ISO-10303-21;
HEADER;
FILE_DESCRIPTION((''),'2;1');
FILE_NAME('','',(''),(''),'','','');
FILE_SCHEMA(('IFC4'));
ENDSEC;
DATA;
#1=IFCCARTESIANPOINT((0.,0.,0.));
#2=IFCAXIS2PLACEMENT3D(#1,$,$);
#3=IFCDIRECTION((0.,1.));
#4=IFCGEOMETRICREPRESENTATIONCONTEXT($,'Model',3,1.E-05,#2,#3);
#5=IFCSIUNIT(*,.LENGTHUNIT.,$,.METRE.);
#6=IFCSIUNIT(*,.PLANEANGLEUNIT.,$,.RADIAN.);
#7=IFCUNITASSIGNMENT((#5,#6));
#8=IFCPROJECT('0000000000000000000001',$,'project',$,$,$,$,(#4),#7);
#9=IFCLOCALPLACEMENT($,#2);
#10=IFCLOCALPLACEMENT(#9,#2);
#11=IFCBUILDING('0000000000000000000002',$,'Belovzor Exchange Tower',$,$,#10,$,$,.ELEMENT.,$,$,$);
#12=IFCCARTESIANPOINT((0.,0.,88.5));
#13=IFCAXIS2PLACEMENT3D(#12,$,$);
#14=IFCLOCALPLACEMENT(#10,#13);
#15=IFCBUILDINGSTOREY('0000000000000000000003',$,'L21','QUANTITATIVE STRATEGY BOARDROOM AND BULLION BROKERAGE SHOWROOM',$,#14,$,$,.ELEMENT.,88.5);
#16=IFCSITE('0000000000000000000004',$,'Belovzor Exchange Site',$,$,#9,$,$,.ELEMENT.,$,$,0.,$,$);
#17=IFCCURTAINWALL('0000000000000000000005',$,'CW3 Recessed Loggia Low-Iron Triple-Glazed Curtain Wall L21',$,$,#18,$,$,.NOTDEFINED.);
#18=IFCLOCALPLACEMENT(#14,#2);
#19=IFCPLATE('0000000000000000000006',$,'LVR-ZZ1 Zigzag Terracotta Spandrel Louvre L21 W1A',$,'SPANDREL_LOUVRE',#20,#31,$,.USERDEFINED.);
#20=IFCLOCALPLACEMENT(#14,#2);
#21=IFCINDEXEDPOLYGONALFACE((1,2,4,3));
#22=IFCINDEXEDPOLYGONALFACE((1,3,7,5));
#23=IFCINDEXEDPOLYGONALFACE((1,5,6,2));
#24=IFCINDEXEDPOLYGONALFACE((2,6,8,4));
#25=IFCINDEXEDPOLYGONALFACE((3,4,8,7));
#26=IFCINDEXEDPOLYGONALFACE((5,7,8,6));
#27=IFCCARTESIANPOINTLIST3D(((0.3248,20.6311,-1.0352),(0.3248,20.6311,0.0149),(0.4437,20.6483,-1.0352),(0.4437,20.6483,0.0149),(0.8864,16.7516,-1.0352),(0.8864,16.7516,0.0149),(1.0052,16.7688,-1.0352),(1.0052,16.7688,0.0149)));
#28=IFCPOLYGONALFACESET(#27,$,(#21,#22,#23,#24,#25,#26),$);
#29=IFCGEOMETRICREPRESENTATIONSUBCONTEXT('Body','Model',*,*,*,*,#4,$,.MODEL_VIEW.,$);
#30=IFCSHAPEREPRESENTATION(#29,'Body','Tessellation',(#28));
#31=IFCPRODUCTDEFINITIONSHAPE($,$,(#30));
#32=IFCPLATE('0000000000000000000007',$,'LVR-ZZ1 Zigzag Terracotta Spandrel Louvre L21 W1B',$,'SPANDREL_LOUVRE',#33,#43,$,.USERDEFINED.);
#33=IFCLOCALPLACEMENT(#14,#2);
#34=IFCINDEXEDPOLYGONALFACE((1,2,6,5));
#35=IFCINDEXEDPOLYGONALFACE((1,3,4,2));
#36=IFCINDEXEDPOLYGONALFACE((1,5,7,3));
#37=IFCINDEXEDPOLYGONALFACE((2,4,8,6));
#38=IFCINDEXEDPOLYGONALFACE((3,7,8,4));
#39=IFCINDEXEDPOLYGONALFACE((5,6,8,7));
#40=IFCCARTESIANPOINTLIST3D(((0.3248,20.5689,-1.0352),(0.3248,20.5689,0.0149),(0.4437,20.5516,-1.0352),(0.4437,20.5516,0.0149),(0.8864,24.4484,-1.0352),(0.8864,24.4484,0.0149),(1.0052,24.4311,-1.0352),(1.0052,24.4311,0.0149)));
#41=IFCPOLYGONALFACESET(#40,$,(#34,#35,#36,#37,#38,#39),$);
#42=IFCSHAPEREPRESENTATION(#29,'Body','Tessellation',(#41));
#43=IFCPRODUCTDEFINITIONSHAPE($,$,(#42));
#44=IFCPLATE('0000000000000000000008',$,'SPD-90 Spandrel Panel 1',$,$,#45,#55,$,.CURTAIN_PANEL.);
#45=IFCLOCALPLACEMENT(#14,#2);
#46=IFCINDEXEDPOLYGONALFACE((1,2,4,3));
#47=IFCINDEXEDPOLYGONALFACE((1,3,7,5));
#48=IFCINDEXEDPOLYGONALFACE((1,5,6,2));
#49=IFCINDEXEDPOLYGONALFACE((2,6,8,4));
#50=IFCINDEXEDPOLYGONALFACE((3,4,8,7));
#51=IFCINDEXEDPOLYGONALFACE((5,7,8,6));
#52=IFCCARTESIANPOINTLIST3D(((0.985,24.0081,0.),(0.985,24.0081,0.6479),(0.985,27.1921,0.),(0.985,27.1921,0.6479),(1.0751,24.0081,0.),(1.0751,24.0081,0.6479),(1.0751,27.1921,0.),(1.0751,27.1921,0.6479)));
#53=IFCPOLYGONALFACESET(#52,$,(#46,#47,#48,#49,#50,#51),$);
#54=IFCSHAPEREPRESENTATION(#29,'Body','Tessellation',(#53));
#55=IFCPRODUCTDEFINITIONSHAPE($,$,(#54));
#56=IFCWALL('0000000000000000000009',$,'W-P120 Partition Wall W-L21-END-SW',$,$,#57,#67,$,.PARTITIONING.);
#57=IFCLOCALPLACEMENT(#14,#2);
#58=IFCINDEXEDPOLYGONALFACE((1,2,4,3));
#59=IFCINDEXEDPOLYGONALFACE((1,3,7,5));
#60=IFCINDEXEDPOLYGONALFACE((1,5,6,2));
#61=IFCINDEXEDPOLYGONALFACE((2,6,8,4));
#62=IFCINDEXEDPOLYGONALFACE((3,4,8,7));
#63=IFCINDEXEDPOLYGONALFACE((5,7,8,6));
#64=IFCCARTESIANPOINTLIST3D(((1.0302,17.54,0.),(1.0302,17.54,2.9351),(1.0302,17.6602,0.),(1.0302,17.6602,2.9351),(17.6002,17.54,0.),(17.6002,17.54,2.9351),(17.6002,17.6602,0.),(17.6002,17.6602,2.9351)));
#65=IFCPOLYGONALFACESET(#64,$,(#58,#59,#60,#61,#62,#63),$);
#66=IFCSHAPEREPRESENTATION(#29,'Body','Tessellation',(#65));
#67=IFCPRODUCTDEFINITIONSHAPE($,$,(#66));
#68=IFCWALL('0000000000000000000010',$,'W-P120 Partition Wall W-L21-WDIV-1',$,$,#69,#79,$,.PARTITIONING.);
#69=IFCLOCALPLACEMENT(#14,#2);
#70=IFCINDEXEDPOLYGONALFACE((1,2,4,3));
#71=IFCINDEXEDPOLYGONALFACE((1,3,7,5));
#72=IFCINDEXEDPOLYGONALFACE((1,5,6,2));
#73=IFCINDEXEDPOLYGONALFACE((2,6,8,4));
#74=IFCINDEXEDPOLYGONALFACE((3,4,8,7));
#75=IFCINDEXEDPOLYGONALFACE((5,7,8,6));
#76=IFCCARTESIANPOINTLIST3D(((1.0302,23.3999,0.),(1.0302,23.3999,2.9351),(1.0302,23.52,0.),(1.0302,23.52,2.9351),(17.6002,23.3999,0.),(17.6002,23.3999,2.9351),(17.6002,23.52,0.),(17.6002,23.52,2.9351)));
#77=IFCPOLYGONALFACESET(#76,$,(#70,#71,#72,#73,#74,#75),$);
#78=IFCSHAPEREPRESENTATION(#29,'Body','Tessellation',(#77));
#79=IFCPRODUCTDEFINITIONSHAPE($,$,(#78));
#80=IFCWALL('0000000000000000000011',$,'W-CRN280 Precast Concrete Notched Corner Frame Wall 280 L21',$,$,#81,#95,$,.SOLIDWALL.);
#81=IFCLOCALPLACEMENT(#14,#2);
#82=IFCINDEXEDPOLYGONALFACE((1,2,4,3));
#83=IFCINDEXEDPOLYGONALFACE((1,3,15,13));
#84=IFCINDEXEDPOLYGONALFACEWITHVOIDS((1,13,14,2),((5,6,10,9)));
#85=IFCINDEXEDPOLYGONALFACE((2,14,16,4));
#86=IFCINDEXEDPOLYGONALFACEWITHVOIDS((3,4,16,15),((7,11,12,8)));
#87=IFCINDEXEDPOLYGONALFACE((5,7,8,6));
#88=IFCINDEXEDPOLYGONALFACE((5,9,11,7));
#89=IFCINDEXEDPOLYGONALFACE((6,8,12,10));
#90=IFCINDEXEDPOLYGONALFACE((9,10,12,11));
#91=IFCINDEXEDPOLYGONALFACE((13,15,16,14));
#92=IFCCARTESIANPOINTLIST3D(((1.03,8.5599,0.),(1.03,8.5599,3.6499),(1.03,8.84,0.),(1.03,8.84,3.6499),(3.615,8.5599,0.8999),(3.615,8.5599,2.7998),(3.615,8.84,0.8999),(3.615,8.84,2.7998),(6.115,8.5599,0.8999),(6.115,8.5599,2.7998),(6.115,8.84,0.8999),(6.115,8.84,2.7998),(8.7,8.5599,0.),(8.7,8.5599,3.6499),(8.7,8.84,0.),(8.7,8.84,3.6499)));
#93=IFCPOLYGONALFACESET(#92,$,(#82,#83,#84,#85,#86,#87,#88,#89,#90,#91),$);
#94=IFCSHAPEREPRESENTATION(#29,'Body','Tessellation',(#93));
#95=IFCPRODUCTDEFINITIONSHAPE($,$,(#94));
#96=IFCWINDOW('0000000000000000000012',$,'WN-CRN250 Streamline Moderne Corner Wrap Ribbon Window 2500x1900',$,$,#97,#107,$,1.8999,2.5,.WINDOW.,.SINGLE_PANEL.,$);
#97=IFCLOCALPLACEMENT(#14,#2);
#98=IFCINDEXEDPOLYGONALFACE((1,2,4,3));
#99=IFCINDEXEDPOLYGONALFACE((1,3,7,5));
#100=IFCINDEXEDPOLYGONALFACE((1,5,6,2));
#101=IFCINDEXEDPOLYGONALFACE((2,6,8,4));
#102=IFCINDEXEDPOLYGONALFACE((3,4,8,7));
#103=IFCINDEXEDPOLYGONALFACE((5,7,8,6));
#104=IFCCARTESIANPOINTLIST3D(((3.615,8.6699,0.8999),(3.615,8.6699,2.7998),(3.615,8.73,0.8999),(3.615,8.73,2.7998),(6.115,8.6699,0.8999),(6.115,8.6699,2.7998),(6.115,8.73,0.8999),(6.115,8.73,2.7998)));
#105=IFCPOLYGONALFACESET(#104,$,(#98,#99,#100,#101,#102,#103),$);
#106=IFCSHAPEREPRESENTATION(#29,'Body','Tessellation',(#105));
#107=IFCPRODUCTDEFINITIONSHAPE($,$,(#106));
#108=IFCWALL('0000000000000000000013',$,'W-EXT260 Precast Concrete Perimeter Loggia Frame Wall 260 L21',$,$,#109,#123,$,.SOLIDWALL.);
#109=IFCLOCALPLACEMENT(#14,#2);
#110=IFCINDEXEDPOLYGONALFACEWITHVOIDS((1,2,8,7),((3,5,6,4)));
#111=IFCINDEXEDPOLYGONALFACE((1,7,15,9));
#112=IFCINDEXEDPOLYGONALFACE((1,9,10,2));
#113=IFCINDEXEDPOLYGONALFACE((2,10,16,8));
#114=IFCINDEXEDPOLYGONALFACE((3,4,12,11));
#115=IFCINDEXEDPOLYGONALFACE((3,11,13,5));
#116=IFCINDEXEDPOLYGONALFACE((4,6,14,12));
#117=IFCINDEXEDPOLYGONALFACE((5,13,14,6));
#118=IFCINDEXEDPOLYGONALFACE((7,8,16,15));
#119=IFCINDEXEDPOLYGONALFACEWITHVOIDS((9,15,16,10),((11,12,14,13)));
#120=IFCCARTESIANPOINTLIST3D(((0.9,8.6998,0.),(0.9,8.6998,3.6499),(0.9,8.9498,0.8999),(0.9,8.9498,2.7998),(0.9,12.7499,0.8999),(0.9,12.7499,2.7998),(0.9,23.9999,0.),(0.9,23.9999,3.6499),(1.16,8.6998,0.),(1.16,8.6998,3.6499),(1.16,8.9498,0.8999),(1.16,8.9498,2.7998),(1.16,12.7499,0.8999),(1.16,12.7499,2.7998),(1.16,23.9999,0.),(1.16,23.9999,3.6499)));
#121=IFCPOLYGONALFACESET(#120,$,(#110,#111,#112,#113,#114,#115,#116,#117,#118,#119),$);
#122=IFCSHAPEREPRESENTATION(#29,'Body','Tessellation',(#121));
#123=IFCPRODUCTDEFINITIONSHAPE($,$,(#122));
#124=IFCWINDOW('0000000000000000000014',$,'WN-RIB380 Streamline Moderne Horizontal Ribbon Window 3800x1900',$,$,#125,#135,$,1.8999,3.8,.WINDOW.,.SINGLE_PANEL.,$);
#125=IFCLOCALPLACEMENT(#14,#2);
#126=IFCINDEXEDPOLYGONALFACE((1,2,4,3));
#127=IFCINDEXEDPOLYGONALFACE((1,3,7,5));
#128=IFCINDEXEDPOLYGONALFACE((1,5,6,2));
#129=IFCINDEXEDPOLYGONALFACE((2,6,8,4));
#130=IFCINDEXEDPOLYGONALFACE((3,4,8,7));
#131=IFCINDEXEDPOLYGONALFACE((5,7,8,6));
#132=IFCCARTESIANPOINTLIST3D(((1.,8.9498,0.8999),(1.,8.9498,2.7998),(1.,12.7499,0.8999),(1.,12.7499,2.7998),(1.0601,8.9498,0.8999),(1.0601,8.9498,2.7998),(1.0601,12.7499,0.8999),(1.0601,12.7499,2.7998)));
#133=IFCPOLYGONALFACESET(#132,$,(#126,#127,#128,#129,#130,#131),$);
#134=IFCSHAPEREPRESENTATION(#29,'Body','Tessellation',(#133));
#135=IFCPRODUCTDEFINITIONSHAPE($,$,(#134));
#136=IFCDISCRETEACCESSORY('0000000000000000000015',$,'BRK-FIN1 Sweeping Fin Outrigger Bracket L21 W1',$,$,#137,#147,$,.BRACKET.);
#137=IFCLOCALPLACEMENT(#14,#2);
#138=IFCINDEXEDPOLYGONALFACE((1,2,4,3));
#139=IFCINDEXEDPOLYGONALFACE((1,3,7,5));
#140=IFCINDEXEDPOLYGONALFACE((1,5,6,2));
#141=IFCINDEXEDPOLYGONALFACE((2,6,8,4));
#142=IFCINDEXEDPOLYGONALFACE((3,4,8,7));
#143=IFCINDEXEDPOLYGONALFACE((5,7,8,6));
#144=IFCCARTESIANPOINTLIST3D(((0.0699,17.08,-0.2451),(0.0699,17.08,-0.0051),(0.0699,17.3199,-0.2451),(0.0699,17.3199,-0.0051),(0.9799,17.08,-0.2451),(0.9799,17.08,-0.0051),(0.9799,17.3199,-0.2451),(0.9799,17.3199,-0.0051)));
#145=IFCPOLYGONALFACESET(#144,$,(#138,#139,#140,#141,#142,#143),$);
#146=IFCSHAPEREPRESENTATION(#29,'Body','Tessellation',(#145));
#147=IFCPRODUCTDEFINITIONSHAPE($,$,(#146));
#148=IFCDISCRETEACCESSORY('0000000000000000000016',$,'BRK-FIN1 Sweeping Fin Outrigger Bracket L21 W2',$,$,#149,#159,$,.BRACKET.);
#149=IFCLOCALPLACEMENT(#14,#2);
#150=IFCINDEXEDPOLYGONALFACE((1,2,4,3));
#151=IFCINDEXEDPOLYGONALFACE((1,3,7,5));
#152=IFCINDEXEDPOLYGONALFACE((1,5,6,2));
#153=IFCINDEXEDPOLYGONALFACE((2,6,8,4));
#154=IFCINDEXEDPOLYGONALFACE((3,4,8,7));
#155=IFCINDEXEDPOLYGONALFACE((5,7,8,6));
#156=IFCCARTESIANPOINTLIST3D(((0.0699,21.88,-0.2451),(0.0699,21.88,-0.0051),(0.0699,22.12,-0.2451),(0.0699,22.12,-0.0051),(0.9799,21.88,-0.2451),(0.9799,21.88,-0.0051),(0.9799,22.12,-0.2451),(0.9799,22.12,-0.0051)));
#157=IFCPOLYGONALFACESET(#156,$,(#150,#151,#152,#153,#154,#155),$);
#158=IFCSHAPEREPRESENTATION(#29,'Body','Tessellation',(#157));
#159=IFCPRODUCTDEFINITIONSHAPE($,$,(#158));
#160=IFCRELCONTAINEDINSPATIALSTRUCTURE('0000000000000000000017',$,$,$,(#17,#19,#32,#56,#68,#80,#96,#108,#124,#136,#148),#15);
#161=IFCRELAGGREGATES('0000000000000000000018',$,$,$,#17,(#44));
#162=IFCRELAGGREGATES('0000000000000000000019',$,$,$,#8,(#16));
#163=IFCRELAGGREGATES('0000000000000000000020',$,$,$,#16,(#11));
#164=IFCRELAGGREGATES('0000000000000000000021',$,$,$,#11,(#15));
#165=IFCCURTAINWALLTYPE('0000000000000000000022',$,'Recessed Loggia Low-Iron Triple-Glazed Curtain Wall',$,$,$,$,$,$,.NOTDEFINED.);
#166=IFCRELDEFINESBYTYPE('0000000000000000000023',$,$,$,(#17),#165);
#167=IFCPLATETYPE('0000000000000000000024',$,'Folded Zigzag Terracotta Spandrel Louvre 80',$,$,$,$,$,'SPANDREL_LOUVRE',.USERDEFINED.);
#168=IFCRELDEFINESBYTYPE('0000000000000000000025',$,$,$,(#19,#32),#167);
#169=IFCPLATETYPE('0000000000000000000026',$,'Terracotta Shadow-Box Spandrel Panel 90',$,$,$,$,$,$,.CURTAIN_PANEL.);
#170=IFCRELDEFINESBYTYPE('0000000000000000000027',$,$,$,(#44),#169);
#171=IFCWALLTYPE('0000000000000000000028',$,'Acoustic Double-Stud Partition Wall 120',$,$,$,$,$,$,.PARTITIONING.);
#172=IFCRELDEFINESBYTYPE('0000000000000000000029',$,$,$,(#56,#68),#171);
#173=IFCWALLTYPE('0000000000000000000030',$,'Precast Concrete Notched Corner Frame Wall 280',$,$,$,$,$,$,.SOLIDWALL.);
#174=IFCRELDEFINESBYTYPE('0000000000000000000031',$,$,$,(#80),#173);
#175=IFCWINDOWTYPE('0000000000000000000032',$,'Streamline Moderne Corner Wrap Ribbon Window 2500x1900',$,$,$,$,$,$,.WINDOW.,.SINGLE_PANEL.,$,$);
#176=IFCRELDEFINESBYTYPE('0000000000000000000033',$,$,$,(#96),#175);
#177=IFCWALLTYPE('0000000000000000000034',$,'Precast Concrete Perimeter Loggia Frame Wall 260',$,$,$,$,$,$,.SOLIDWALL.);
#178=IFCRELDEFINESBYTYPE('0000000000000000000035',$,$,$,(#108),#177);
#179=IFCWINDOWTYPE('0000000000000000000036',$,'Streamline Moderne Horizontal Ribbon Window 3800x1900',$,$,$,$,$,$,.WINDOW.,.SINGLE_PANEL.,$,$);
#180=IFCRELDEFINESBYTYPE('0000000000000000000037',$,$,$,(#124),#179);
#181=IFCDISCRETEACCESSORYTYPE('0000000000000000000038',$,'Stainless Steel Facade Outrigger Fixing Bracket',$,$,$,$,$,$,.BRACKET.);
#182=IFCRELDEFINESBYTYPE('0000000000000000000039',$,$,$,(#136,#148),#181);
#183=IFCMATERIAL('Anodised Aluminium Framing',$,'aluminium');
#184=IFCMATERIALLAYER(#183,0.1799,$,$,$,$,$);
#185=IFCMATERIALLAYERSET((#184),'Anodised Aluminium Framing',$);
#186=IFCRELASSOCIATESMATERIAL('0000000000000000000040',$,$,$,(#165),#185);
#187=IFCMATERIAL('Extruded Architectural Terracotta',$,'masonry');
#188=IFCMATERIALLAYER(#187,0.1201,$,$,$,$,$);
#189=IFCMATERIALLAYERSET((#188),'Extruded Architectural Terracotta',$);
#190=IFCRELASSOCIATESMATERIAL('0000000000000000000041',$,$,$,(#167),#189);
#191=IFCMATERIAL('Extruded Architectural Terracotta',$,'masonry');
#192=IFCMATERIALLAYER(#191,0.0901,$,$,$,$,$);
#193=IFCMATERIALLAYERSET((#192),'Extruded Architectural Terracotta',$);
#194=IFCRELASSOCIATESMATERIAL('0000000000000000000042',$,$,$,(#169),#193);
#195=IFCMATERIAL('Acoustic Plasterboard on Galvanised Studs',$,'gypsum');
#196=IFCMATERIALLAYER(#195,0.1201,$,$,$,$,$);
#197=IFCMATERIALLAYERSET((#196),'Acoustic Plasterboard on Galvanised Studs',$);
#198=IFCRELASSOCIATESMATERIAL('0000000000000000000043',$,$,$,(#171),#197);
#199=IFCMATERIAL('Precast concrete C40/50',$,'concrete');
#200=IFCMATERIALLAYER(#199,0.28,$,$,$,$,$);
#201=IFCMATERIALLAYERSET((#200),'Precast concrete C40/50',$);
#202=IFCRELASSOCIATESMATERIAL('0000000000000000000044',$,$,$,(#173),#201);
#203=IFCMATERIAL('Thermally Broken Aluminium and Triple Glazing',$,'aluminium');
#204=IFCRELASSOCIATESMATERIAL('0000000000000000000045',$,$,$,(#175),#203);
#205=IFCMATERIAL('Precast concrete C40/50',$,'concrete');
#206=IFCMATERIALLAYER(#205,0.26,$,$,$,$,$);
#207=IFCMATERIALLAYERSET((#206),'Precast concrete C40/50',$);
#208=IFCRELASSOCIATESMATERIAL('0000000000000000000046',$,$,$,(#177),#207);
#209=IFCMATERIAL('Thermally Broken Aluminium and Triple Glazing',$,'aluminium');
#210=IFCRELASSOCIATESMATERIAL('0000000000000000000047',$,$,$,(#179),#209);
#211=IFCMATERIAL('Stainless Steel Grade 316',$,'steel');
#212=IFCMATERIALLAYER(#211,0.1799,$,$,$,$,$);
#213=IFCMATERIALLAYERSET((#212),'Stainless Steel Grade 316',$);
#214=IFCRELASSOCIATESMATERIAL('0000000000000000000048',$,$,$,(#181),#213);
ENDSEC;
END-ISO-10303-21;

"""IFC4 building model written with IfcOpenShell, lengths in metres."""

from ifc_helpers import new_model, si_unit, direction, frame, frame_2d, origin, origin_2d, place, context, subcontext, project, spatial, rectangle, extrude, material, layer, layer_set, type_object, element, fill, aggregate, save


model = new_model("IFC4")

# Units and contexts
model_context = context("Model", 3, precision=1e-05, world=origin(), true_north=direction((0.0, 1.0)))
body_context = subcontext(model_context, "Body", "Model", "MODEL_VIEW")
ifc_project = project(units=[si_unit("LENGTHUNIT", "METRE"), si_unit("PLANEANGLEUNIT", "RADIAN")], contexts=[model_context])

# Site, building, storey
site_placement = place(None, origin())
site = spatial("IfcSite", under=ifc_project, at=site_placement, Name="Belovzor Exchange Site", CompositionType="ELEMENT", RefElevation=0.0)
building_placement = place(site_placement, origin())
building = spatial("IfcBuilding", under=site, at=building_placement, Name="Belovzor Exchange Tower", CompositionType="ELEMENT")
storey_placement = place(building_placement, frame((0.0, 0.0, 88.5)))
storey = spatial("IfcBuildingStorey", under=building, at=storey_placement, Name="L21", Description="QUANTITATIVE STRATEGY BOARDROOM AND BULLION BROKERAGE SHOWROOM", CompositionType="ELEMENT", Elevation=88.5)

# Curtain wall
ifc_material_1 = material(Name="Anodised Aluminium Framing", Category="aluminium")
ifc_layer_1 = layer(ifc_material_1, 0.1799)
ifc_layer_set_1 = layer_set([ifc_layer_1], Name="Anodised Aluminium Framing")
curtain_wall_type = type_object("IfcCurtainWallType", Name="Recessed Loggia Low-Iron Triple-Glazed Curtain Wall", PredefinedType="NOTDEFINED", material=ifc_layer_set_1)
curtain_wall_placement = place(storey_placement, origin())
curtain_wall = element("IfcCurtainWall", 1, at=curtain_wall_placement, inside=storey, type_object=curtain_wall_type, Name="CW3 Recessed Loggia Low-Iron Triple-Glazed Curtain Wall L21", PredefinedType="NOTDEFINED")

# Plates
ifc_material_2 = material(Name="Extruded Architectural Terracotta", Category="masonry")
ifc_layer_2 = layer(ifc_material_2, 0.1201)
ifc_layer_set_2 = layer_set([ifc_layer_2], Name="Extruded Architectural Terracotta")
plate_type_1 = type_object("IfcPlateType", Name="Folded Zigzag Terracotta Spandrel Louvre 80", ElementType="SPANDREL_LOUVRE", PredefinedType="USERDEFINED", material=ifc_layer_set_2)
for number, where, z_axis, x_axis, name in (
    (2, (0.665, 18.7, -1.0352), (0.0, 0.0, 1.0), (-0.143251, 0.989686, 0.0), "LVR-ZZ1 Zigzag Terracotta Spandrel Louvre L21 W1A"),
    (3, (0.665, 22.5, -1.0352), (0.0, 0.0, 1.0), (0.143251, 0.989686, 0.0), "LVR-ZZ1 Zigzag Terracotta Spandrel Louvre L21 W1B"),
):
    element("IfcPlate", number, at=place(storey_placement, frame(where, z_axis=z_axis, x_axis=x_axis)), inside=storey, type_object=plate_type_1, Name=name, ObjectType="SPANDREL_LOUVRE", PredefinedType="USERDEFINED", context=body_context, shape_type="SweptSolid", body=[
        extrude(rectangle(XDim=3.9199, YDim=0.1201, at=origin_2d()), origin(), (0.0, 0.0, 1.0), 1.05),
    ])

# Plate
ifc_material_3 = material(Name="Extruded Architectural Terracotta", Category="masonry")
ifc_layer_3 = layer(ifc_material_3, 0.0901)
ifc_layer_set_3 = layer_set([ifc_layer_3], Name="Extruded Architectural Terracotta")
plate_type_2 = type_object("IfcPlateType", Name="Terracotta Shadow-Box Spandrel Panel 90", PredefinedType="CURTAIN_PANEL", material=ifc_layer_set_3)
plate_placement = place(storey_placement, frame((1.03, 25.6001, 0.0), z_axis=(0.0, 0.0, 1.0), x_axis=(0.0, 1.0, 0.0)))
plate = element("IfcPlate", 4, at=plate_placement, type_object=plate_type_2, Name="SPD-90 Spandrel Panel 1", PredefinedType="CURTAIN_PANEL", context=body_context, shape_type="SweptSolid", body=[
    extrude(rectangle(XDim=3.1841, YDim=0.0901, at=origin_2d()), origin(), (0.0, 0.0, 1.0), 0.6479),
])
aggregate(curtain_wall, [plate])

# Walls
ifc_material_4 = material(Name="Acoustic Plasterboard on Galvanised Studs", Category="gypsum")
ifc_layer_4 = layer(ifc_material_4, 0.1201)
ifc_layer_set_4 = layer_set([ifc_layer_4], Name="Acoustic Plasterboard on Galvanised Studs")
wall_type_1 = type_object("IfcWallType", Name="Acoustic Double-Stud Partition Wall 120", PredefinedType="PARTITIONING", material=ifc_layer_set_4)
for number, where, z_axis, x_axis, name in (
    (5, (1.03, 17.6001, 0.0), (0.0, 0.0, 1.0), (1.0, 0.0, 0.0), "W-P120 Partition Wall W-L21-END-SW"),
    (6, (1.03, 23.46, 0.0), (0.0, 0.0, 1.0), (1.0, 0.0, 0.0), "W-P120 Partition Wall W-L21-WDIV-1"),
):
    element("IfcWall", number, at=place(storey_placement, frame(where, z_axis=z_axis, x_axis=x_axis)), inside=storey, type_object=wall_type_1, Name=name, PredefinedType="PARTITIONING", context=body_context, shape_type="SweptSolid", body=[
        extrude(rectangle(XDim=16.5701, YDim=0.1201, at=frame_2d((8.2852, 0.0))), origin(), (0.0, 0.0, 1.0), 2.9351),
    ])

# Walls, openings, windows
ifc_material_5 = material(Name="Precast concrete C40/50", Category="concrete")
ifc_layer_5 = layer(ifc_material_5, 0.28)
ifc_layer_set_5 = layer_set([ifc_layer_5], Name="Precast concrete C40/50")
wall_type_2 = type_object("IfcWallType", Name="Precast Concrete Notched Corner Frame Wall 280", PredefinedType="SOLIDWALL", material=ifc_layer_set_5)
wall_1_placement = place(storey_placement, frame((8.7, 8.7, 0.0), z_axis=(0.0, 0.0, 1.0), x_axis=(-1.0, 0.0, 0.0)))
wall_1 = element("IfcWall", 7, at=wall_1_placement, inside=storey, type_object=wall_type_2, Name="W-CRN280 Precast Concrete Notched Corner Frame Wall 280 L21", PredefinedType="SOLIDWALL", context=body_context, shape_type="SweptSolid", body=[
    extrude(rectangle(XDim=7.6699, YDim=0.28, at=frame_2d((3.835, 0.0))), origin(), (0.0, 0.0, 1.0), 3.6499),
])
opening_1_placement = place(wall_1_placement, frame((2.585, 0.0, 0.8999)))
opening_1 = element("IfcOpeningElement", 8, at=opening_1_placement, cuts=wall_1, PredefinedType="OPENING", context=body_context, shape_type="SweptSolid", body=[
    extrude(rectangle(XDim=2.5, YDim=1.8999, at=frame_2d((1.25, 0.95))), frame((0.0, 0.1499, 0.0), z_axis=(0.0, -1.0, 0.0), x_axis=(1.0, 0.0, 0.0)), (0.0, 0.0, 1.0), 0.3),
])
ifc_material_6 = material(Name="Thermally Broken Aluminium and Triple Glazing", Category="aluminium")
window_type_1 = type_object("IfcWindowType", Name="Streamline Moderne Corner Wrap Ribbon Window 2500x1900", PartitioningType="SINGLE_PANEL", PredefinedType="WINDOW", material=ifc_material_6)
window_1_placement = place(opening_1_placement, origin())
window_1 = element("IfcWindow", 9, at=window_1_placement, inside=storey, type_object=window_type_1, Name="WN-CRN250 Streamline Moderne Corner Wrap Ribbon Window 2500x1900", OverallHeight=1.8999, OverallWidth=2.5, PartitioningType="SINGLE_PANEL", PredefinedType="WINDOW", context=body_context, shape_type="SweptSolid", body=[
    extrude(rectangle(XDim=2.5, YDim=1.8999, at=frame_2d((1.25, 0.95))), frame((0.0, 0.03, 0.0), z_axis=(0.0, -1.0, 0.0), x_axis=(1.0, 0.0, 0.0)), (0.0, 0.0, 1.0), 0.0601),
])
fill(opening_1, window_1)
ifc_material_7 = material(Name="Precast concrete C40/50", Category="concrete")
ifc_layer_6 = layer(ifc_material_7, 0.26)
ifc_layer_set_6 = layer_set([ifc_layer_6], Name="Precast concrete C40/50")
wall_type_3 = type_object("IfcWallType", Name="Precast Concrete Perimeter Loggia Frame Wall 260", PredefinedType="SOLIDWALL", material=ifc_layer_set_6)
wall_2_placement = place(storey_placement, frame((1.03, 8.7, 0.0), z_axis=(0.0, 0.0, 1.0), x_axis=(0.0, 1.0, 0.0)))
wall_2 = element("IfcWall", 10, at=wall_2_placement, inside=storey, type_object=wall_type_3, Name="W-EXT260 Precast Concrete Perimeter Loggia Frame Wall 260 L21", PredefinedType="SOLIDWALL", context=body_context, shape_type="SweptSolid", body=[
    extrude(rectangle(XDim=15.3, YDim=0.26, at=frame_2d((7.6499, 0.0))), origin(), (0.0, 0.0, 1.0), 3.6499),
])
opening_2_placement = place(wall_2_placement, frame((0.25, 0.0, 0.8999)))
opening_2 = element("IfcOpeningElement", 11, at=opening_2_placement, cuts=wall_2, PredefinedType="OPENING", context=body_context, shape_type="SweptSolid", body=[
    extrude(rectangle(XDim=3.8, YDim=1.8999, at=frame_2d((1.8999, 0.95))), frame((0.0, 0.1399, 0.0), z_axis=(0.0, -1.0, 0.0), x_axis=(1.0, 0.0, 0.0)), (0.0, 0.0, 1.0), 0.28),
])
ifc_material_8 = material(Name="Thermally Broken Aluminium and Triple Glazing", Category="aluminium")
window_type_2 = type_object("IfcWindowType", Name="Streamline Moderne Horizontal Ribbon Window 3800x1900", PartitioningType="SINGLE_PANEL", PredefinedType="WINDOW", material=ifc_material_8)
window_2_placement = place(opening_2_placement, origin())
window_2 = element("IfcWindow", 12, at=window_2_placement, inside=storey, type_object=window_type_2, Name="WN-RIB380 Streamline Moderne Horizontal Ribbon Window 3800x1900", OverallHeight=1.8999, OverallWidth=3.8, PartitioningType="SINGLE_PANEL", PredefinedType="WINDOW", context=body_context, shape_type="SweptSolid", body=[
    extrude(rectangle(XDim=3.8, YDim=1.8999, at=frame_2d((1.8999, 0.95))), frame((0.0, 0.03, 0.0), z_axis=(0.0, -1.0, 0.0), x_axis=(1.0, 0.0, 0.0)), (0.0, 0.0, 1.0), 0.0601),
])
fill(opening_2, window_2)

# Discrete accessories
ifc_material_9 = material(Name="Stainless Steel Grade 316", Category="steel")
ifc_layer_7 = layer(ifc_material_9, 0.1799)
ifc_layer_set_7 = layer_set([ifc_layer_7], Name="Stainless Steel Grade 316")
discrete_accessory_type = type_object("IfcDiscreteAccessoryType", Name="Stainless Steel Facade Outrigger Fixing Bracket", PredefinedType="BRACKET", material=ifc_layer_set_7)
for number, where, z_axis, x_axis, name in (
    (13, (0.5249, 17.2, -0.2451), (0.0, 0.0, 1.0), (1.0, 0.0, 0.0), "BRK-FIN1 Sweeping Fin Outrigger Bracket L21 W1"),
    (14, (0.5249, 22.0, -0.2451), (0.0, 0.0, 1.0), (1.0, 0.0, 0.0), "BRK-FIN1 Sweeping Fin Outrigger Bracket L21 W2"),
):
    element("IfcDiscreteAccessory", number, at=place(storey_placement, frame(where, z_axis=z_axis, x_axis=x_axis)), inside=storey, type_object=discrete_accessory_type, Name=name, PredefinedType="BRACKET", context=body_context, shape_type="SweptSolid", body=[
        extrude(rectangle(XDim=0.9099, YDim=0.24, at=origin_2d()), origin(), (0.0, 0.0, 1.0), 0.24),
    ])

save(model, "model.ifc")
